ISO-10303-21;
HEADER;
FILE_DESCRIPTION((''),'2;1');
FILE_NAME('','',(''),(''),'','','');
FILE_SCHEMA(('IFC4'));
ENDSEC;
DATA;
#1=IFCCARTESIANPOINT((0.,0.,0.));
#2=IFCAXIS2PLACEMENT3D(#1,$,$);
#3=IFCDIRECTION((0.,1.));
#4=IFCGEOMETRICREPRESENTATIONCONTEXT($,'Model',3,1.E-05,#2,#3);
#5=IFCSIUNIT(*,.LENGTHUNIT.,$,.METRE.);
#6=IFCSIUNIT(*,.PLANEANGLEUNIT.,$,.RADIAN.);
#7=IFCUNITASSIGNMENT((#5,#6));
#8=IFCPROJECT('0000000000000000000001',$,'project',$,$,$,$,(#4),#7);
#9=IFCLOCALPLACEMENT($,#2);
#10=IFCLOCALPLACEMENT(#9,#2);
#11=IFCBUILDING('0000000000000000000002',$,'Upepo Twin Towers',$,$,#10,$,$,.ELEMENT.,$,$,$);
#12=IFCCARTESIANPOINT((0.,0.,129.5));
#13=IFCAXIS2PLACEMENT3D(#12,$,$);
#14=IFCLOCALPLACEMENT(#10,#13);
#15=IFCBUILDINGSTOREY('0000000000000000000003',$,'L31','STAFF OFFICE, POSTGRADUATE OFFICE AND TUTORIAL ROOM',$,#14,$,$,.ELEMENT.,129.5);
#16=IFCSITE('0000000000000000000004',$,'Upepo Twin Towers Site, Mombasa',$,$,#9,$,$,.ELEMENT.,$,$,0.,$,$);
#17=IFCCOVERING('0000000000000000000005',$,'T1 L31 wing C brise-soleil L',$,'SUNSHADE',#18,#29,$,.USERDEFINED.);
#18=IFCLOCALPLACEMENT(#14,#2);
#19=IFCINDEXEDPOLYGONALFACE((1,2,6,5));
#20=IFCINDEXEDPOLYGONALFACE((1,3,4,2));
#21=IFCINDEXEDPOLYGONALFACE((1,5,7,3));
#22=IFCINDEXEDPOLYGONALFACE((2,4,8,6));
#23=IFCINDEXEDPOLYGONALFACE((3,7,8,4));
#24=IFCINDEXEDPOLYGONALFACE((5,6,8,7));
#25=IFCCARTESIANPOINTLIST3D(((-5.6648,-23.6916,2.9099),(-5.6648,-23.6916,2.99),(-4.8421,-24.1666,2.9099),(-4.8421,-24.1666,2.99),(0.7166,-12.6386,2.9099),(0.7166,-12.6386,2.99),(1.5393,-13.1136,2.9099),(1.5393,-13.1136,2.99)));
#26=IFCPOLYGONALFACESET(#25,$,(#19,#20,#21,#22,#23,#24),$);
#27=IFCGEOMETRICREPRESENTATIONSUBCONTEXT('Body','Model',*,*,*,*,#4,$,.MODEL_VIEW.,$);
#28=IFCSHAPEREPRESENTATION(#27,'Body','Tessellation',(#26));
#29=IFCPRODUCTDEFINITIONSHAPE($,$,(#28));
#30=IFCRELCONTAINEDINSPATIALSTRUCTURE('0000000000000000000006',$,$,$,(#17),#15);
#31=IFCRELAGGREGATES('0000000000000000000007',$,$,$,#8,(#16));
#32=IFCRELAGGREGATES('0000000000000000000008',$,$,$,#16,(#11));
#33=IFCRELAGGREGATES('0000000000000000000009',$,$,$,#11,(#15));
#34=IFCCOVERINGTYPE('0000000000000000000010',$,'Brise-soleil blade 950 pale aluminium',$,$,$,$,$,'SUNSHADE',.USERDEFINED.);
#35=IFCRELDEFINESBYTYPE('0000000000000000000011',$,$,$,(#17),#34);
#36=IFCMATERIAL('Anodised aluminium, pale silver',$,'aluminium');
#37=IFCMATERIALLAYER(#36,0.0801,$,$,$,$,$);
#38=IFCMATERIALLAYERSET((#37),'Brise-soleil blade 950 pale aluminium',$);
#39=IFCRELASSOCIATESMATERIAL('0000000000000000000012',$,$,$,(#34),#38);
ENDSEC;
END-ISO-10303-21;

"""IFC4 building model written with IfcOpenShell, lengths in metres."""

from ifc_helpers import new_model, si_unit, direction, frame, origin, origin_2d, place, context, subcontext, project, spatial, rectangle, extrude, material, layer, layer_set, type_object, element, save


model = new_model("IFC4")

# Units and contexts
model_context = context("Model", 3, precision=1e-05, world=origin(), true_north=direction((0.0, 1.0)))
body_context = subcontext(model_context, "Body", "Model", "MODEL_VIEW")
ifc_project = project(units=[si_unit("LENGTHUNIT", "METRE"), si_unit("PLANEANGLEUNIT", "RADIAN")], contexts=[model_context])

# Site, building, storey
site_placement = place(None, origin())
site = spatial("IfcSite", under=ifc_project, at=site_placement, Name="Upepo Twin Towers Site, Mombasa", CompositionType="ELEMENT", RefElevation=0.0)
building_placement = place(site_placement, origin())
building = spatial("IfcBuilding", under=site, at=building_placement, Name="Upepo Twin Towers", CompositionType="ELEMENT")
storey_placement = place(building_placement, frame((0.0, 0.0, 129.5)))
storey = spatial("IfcBuildingStorey", under=building, at=storey_placement, Name="L31", Description="STAFF OFFICE, POSTGRADUATE OFFICE AND TUTORIAL ROOM", CompositionType="ELEMENT", Elevation=129.5)

# Covering
ifc_material_1 = material(Name="Anodised aluminium, pale silver", Category="aluminium")
ifc_layer_1 = layer(ifc_material_1, 0.0801)
ifc_layer_set_1 = layer_set([ifc_layer_1], Name="Brise-soleil blade 950 pale aluminium")
covering_type = type_object("IfcCoveringType", Name="Brise-soleil blade 950 pale aluminium", ElementType="SUNSHADE", PredefinedType="USERDEFINED", material=ifc_layer_set_1)
covering_placement = place(storey_placement, frame((-2.0627, -18.4026, 2.9099), z_axis=(0.0, 0.0, 1.0), x_axis=(-0.5, -0.866025, 0.0)))
element("IfcCovering", 1, at=covering_placement, inside=storey, type_object=covering_type, Name="T1 L31 wing C brise-soleil L", ObjectType="SUNSHADE", PredefinedType="USERDEFINED", context=body_context, shape_type="SweptSolid", body=[
    extrude(rectangle(XDim=12.7629, YDim=0.95, at=origin_2d()), origin(), (0.0, 0.0, 1.0), 0.0801),
])

save(model, "model.ifc")
